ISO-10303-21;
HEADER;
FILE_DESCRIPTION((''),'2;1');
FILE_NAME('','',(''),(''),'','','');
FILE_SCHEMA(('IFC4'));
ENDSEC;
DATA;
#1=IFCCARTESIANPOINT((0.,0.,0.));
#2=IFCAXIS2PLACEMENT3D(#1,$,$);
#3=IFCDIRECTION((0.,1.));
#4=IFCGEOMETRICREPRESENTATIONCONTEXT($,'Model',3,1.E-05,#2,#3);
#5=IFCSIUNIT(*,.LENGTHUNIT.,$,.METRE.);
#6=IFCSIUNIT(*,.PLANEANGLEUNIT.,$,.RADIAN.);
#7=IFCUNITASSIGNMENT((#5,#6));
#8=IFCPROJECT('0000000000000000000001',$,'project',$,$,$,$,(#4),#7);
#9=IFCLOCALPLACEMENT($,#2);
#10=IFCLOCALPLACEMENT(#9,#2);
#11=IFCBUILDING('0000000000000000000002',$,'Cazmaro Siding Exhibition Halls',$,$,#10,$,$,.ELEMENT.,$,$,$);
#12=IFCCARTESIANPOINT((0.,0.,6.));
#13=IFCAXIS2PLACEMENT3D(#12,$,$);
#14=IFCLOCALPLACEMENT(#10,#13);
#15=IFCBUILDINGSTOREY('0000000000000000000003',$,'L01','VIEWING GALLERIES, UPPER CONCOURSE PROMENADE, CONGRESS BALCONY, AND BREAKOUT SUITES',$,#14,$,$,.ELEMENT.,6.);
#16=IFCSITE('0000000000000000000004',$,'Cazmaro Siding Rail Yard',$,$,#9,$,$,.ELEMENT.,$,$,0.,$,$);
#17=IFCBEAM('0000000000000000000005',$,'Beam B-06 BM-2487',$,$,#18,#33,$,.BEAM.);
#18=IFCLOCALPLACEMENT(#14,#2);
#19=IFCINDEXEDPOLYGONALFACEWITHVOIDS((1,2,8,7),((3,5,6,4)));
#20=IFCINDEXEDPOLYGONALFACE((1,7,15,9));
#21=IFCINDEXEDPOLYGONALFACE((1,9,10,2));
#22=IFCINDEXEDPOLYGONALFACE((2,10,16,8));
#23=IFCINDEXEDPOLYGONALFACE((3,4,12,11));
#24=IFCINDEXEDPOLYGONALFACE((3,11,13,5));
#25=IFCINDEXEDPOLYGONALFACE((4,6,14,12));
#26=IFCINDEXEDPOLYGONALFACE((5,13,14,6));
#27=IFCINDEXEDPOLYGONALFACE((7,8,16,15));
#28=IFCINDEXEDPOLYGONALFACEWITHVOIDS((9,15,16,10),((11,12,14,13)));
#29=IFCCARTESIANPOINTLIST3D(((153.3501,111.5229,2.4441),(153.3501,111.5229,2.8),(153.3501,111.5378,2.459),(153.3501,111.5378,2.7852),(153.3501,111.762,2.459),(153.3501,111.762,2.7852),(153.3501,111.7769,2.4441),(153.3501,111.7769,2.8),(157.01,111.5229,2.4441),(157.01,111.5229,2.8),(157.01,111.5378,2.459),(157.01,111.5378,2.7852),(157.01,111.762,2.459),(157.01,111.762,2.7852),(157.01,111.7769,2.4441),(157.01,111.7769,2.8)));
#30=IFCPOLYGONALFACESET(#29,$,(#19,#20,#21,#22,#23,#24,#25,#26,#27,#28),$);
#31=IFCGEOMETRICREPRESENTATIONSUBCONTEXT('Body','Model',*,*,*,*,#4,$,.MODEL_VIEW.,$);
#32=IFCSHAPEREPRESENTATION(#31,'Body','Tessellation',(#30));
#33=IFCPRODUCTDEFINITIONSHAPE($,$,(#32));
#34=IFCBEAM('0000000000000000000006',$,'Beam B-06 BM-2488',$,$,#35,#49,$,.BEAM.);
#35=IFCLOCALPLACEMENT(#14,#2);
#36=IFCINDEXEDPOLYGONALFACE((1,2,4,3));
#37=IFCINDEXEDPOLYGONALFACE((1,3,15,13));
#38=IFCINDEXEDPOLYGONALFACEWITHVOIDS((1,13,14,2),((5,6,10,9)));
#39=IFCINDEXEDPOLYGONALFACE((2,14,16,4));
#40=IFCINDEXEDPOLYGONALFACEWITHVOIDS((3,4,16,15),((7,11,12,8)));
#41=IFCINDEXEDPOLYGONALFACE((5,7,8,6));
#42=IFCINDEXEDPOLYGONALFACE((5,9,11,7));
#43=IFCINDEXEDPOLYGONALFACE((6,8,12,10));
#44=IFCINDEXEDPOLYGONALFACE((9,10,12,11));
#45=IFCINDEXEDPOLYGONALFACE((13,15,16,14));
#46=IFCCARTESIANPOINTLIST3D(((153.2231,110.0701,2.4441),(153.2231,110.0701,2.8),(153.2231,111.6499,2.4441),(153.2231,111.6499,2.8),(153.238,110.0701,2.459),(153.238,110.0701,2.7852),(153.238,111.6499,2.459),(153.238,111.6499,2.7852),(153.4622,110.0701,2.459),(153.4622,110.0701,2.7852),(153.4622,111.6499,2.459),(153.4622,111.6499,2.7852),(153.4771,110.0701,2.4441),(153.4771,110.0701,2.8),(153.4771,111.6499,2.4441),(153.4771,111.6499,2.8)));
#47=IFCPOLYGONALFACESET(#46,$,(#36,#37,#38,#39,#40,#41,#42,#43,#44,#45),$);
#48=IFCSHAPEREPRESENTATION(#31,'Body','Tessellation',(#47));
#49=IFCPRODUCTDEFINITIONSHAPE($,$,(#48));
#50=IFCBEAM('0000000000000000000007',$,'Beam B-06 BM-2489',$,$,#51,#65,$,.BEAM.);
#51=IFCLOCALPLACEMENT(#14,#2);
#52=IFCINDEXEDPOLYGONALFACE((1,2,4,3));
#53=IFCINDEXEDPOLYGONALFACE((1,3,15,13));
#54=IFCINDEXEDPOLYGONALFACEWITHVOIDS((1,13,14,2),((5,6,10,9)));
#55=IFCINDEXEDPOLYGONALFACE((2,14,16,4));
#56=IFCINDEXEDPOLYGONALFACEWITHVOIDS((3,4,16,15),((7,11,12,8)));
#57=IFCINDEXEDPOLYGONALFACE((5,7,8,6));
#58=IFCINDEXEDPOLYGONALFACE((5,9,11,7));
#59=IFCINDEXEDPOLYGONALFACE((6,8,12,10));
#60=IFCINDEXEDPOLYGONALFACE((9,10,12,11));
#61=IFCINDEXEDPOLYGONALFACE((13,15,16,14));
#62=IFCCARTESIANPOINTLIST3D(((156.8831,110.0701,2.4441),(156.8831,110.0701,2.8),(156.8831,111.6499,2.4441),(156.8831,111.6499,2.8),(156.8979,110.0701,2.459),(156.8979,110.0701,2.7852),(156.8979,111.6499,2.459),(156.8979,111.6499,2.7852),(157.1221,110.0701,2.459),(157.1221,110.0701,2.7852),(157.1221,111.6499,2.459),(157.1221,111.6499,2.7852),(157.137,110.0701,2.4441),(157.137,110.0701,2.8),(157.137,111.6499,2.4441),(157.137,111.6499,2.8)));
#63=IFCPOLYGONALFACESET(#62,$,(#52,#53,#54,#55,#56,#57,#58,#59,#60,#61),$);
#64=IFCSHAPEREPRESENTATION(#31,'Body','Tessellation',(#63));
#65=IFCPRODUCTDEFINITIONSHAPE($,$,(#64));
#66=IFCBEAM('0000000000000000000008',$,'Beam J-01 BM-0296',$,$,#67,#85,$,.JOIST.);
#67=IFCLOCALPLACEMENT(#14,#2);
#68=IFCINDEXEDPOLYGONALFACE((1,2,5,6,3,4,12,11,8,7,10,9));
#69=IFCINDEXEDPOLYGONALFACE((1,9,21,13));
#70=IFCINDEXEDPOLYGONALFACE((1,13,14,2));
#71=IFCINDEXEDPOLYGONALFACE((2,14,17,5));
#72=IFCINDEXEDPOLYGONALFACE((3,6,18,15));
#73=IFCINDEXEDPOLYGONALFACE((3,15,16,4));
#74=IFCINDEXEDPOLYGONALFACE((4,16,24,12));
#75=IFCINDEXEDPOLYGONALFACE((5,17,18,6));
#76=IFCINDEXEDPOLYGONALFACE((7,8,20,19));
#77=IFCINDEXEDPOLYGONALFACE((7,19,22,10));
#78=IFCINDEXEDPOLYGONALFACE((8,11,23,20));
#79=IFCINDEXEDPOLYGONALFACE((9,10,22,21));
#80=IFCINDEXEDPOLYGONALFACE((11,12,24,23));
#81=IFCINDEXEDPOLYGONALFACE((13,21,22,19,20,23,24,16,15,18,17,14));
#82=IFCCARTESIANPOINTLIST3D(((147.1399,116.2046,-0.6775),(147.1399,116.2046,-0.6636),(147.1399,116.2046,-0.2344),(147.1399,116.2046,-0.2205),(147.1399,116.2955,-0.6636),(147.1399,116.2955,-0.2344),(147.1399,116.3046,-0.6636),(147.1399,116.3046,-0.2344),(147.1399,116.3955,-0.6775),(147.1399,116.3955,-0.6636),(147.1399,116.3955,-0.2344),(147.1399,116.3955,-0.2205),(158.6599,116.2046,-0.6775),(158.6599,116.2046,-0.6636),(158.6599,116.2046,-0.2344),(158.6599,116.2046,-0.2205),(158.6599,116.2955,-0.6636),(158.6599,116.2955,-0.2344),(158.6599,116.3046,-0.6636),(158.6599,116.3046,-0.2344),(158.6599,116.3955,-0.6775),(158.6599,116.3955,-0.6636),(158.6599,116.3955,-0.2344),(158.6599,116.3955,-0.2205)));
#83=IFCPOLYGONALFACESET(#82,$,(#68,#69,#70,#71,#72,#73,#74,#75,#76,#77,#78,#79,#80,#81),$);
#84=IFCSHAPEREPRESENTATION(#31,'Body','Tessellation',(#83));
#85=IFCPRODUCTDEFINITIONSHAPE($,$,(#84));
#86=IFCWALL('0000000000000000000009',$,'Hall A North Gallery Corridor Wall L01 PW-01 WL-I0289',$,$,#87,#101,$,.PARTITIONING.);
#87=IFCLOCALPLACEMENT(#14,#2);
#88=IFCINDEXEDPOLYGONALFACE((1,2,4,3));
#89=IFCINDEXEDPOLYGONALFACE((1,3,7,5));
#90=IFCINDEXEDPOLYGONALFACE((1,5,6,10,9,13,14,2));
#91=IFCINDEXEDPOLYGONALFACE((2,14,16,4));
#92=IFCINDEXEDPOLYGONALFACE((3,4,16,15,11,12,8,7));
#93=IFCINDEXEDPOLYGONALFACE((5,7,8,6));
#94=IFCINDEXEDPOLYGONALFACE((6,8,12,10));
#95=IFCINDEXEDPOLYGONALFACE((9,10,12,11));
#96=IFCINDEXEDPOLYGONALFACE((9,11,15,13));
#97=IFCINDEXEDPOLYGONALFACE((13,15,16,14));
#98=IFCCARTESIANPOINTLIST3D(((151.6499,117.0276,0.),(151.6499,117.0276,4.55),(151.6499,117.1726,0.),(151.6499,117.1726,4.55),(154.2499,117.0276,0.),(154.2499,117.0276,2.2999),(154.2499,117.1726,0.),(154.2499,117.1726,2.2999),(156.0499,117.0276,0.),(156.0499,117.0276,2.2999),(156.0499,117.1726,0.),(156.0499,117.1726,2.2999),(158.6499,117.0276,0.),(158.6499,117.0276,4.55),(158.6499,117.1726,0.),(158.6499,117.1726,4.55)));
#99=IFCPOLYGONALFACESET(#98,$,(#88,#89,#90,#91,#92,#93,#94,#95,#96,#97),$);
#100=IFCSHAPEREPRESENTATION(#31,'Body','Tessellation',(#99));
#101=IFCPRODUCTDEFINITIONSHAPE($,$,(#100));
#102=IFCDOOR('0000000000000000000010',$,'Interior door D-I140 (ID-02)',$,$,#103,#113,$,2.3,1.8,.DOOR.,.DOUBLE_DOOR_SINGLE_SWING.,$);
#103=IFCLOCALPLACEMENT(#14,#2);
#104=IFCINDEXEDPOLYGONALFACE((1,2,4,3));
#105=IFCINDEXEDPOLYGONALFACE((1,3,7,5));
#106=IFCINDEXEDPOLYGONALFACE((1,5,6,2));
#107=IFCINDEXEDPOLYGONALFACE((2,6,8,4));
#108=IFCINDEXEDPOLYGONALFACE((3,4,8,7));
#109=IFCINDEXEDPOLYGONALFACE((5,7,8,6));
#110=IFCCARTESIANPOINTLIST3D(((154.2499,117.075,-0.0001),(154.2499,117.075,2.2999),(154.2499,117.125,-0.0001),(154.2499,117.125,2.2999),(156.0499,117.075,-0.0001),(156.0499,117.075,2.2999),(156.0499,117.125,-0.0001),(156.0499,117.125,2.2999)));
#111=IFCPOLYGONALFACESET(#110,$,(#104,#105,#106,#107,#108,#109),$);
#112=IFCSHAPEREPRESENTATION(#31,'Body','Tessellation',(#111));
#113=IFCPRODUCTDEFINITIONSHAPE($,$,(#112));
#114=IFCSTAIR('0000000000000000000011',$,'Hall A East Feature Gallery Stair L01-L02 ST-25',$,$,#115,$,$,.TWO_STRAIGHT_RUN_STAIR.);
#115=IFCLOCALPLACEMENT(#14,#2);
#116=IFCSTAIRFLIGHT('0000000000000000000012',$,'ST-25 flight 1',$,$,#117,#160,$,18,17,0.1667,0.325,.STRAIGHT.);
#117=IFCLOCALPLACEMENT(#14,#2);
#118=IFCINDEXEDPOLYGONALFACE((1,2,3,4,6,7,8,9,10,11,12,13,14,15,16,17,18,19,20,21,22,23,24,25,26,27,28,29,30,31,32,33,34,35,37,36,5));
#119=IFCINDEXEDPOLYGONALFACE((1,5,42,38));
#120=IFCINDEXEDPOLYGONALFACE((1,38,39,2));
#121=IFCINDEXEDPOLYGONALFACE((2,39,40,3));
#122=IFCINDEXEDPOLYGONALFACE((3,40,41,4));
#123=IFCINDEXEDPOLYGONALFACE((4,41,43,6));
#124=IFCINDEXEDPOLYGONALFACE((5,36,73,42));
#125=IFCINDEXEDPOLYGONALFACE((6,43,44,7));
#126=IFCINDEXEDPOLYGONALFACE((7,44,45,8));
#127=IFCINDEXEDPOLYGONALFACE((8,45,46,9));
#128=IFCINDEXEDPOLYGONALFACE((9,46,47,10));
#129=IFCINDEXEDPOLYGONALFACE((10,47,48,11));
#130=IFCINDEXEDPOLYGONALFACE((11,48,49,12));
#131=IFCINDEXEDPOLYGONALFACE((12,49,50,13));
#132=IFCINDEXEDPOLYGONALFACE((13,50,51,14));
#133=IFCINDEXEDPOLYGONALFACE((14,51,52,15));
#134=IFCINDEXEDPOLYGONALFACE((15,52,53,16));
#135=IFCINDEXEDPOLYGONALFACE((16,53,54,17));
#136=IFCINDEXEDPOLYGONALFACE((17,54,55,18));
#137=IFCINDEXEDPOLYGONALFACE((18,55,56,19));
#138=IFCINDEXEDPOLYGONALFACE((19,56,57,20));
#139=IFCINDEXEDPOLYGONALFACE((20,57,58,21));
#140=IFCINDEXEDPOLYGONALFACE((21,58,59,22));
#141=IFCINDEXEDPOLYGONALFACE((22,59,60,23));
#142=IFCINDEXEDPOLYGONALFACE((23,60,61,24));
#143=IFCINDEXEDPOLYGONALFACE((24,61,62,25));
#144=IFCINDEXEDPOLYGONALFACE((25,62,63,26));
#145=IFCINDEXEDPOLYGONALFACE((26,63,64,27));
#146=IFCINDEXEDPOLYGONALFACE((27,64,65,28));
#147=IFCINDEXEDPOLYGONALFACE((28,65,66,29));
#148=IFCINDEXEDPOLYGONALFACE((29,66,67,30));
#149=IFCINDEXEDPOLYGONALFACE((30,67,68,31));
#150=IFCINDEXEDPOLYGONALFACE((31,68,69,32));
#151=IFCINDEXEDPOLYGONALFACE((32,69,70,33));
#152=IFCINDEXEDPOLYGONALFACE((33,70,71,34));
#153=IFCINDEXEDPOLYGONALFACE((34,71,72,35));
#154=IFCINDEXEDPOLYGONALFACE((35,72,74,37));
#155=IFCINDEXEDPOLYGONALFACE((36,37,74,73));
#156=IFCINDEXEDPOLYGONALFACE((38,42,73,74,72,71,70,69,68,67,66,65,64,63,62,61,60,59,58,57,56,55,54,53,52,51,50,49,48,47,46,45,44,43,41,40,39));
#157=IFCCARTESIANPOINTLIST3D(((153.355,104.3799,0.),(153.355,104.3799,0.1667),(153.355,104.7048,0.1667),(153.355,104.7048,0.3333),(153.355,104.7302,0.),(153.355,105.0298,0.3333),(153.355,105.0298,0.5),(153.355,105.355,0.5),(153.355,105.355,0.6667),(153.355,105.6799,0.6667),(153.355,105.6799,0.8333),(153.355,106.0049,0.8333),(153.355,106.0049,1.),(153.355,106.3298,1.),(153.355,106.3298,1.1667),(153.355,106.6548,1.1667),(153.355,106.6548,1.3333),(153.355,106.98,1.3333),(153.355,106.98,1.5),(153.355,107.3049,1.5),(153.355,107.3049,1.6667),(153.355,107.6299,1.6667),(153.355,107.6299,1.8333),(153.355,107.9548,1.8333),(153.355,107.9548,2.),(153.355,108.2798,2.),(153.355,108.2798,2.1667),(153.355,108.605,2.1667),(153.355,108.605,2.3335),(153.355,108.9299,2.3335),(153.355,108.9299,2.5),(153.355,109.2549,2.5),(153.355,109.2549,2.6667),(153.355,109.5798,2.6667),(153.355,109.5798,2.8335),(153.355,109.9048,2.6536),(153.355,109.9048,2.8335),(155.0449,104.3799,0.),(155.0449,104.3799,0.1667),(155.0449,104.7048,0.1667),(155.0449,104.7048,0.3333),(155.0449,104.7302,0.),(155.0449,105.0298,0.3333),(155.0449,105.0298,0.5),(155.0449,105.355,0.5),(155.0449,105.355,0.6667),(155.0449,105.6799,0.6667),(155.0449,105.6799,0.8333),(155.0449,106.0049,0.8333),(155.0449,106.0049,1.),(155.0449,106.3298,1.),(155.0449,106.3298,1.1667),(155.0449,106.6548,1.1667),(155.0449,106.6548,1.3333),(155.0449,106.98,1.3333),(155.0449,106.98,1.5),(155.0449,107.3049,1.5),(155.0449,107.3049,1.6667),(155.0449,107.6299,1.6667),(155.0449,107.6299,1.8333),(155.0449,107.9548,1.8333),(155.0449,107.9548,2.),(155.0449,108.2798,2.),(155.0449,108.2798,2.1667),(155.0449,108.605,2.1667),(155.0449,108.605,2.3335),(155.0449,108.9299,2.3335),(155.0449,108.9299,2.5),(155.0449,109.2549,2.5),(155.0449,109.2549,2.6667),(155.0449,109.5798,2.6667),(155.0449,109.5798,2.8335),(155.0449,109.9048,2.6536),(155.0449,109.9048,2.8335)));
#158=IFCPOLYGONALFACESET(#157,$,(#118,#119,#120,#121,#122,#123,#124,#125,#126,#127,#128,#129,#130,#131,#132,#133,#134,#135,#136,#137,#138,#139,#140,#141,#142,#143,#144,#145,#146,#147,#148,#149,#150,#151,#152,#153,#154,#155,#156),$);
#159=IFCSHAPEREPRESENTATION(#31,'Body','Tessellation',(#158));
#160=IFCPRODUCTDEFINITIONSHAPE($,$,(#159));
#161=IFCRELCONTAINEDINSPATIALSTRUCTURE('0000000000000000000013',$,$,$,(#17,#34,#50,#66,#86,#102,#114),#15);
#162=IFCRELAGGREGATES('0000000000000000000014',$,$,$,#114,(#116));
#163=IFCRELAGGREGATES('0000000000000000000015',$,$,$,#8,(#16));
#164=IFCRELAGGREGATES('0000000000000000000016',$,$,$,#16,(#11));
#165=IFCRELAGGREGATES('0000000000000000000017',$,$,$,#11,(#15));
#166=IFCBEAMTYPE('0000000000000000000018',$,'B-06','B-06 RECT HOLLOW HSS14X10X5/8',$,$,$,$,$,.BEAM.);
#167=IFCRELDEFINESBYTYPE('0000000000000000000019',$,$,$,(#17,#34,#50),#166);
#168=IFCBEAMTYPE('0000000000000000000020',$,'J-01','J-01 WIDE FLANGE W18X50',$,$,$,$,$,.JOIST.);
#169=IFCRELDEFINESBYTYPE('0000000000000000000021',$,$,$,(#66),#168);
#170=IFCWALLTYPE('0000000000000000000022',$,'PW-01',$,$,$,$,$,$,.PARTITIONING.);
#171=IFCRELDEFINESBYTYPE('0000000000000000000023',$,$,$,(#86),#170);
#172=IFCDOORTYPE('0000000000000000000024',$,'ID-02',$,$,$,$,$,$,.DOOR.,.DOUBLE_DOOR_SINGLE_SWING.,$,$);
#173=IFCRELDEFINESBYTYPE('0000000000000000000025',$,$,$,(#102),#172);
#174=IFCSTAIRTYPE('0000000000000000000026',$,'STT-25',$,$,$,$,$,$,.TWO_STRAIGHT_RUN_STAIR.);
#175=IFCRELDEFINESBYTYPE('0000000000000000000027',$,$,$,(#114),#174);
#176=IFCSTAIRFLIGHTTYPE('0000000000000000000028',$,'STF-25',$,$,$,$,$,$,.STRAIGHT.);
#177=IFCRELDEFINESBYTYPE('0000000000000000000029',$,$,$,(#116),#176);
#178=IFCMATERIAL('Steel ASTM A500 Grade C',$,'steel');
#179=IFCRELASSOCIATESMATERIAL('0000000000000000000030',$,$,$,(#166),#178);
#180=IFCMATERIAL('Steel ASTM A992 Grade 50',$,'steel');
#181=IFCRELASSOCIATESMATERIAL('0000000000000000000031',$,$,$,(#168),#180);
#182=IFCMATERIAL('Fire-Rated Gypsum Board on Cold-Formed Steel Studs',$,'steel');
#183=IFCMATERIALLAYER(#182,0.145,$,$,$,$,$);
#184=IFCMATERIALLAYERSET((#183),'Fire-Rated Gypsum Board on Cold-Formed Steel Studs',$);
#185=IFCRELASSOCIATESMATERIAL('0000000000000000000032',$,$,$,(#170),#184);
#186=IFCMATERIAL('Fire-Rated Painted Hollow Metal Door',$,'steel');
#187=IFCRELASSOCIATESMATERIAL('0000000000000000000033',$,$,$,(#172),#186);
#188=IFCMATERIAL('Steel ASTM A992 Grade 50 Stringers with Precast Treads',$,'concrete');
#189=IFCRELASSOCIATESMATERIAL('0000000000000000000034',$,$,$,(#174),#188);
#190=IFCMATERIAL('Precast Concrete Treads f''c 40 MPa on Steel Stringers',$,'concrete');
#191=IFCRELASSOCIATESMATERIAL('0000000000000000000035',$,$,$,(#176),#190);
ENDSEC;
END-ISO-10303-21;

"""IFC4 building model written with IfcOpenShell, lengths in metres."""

from ifc_helpers import new_model, si_unit, direction, frame, frame_2d, origin, origin_2d, place, context, subcontext, project, spatial, polyline, rectangle, hollow_rectangle, i_section, outline, extrude, material, layer, layer_set, material_profile, profile_set, type_object, element, fill, aggregate, save


model = new_model("IFC4")

# Units and contexts
model_context = context("Model", 3, precision=1e-05, world=origin(), true_north=direction((0.0, 1.0)))
body_context = subcontext(model_context, "Body", "Model", "MODEL_VIEW")
ifc_project = project(units=[si_unit("LENGTHUNIT", "METRE"), si_unit("PLANEANGLEUNIT", "RADIAN")], contexts=[model_context])

# Site, building, storey
site_placement = place(None, origin())
site = spatial("IfcSite", under=ifc_project, at=site_placement, Name="Cazmaro Siding Rail Yard", CompositionType="ELEMENT", RefElevation=0.0)
building_placement = place(site_placement, origin())
building = spatial("IfcBuilding", under=site, at=building_placement, Name="Cazmaro Siding Exhibition Halls", CompositionType="ELEMENT")
storey_placement = place(building_placement, frame((0.0, 0.0, 6.0)))
storey = spatial("IfcBuildingStorey", under=building, at=storey_placement, Name="L01", Description="VIEWING GALLERIES, UPPER CONCOURSE PROMENADE, CONGRESS BALCONY, AND BREAKOUT SUITES", CompositionType="ELEMENT", Elevation=6.0)

# Beams
ifc_material_1 = material(Name="Steel ASTM A500 Grade C", Category="steel")
ifc_material_profile_1 = material_profile(ifc_material_1, hollow_rectangle(XDim=0.2539, YDim=0.356, WallThickness=0.0149, at=origin_2d()), Name="HSS14X10X5/8")
ifc_profile_set_1 = profile_set([ifc_material_profile_1], Name="Steel ASTM A500 Grade C")
beam_type_1 = type_object("IfcBeamType", Name="B-06", Description="B-06 RECT HOLLOW HSS14X10X5/8", PredefinedType="BEAM", material=ifc_profile_set_1)
for number, where, z_axis, x_axis, name in (
    (1, (153.3501, 111.6499, 2.6221), (1.0, 0.0, 0.0), (0.0, 1.0, 0.0), "Beam B-06 BM-2487"),
):
    element("IfcBeam", number, at=place(storey_placement, frame(where, z_axis=z_axis, x_axis=x_axis)), inside=storey, type_object=beam_type_1, Name=name, PredefinedType="BEAM", context=body_context, shape_type="SweptSolid", body=[
        extrude(hollow_rectangle(XDim=0.2539, YDim=0.356, WallThickness=0.0149, at=origin_2d()), origin(), (0.0, 0.0, 1.0), 3.6599),
    ])
for number, where, z_axis, x_axis, name in (
    (2, (153.3501, 110.0701, 2.6221), (0.0, 1.0, 0.0), (-1.0, 0.0, 0.0), "Beam B-06 BM-2488"),
    (3, (157.01, 110.0701, 2.6221), (0.0, 1.0, 0.0), (-1.0, 0.0, 0.0), "Beam B-06 BM-2489"),
):
    element("IfcBeam", number, at=place(storey_placement, frame(where, z_axis=z_axis, x_axis=x_axis)), inside=storey, type_object=beam_type_1, Name=name, PredefinedType="BEAM", context=body_context, shape_type="SweptSolid", body=[
        extrude(hollow_rectangle(XDim=0.2539, YDim=0.356, WallThickness=0.0149, at=origin_2d()), origin(), (0.0, 0.0, 1.0), 1.5798),
    ])
ifc_material_2 = material(Name="Steel ASTM A992 Grade 50", Category="steel")
ifc_material_profile_2 = material_profile(ifc_material_2, i_section(OverallWidth=0.1909, OverallDepth=0.457, WebThickness=0.009, FlangeThickness=0.0139, at=origin_2d()), Name="W18X50")
ifc_profile_set_2 = profile_set([ifc_material_profile_2], Name="Steel ASTM A992 Grade 50")
beam_type_2 = type_object("IfcBeamType", Name="J-01", Description="J-01 WIDE FLANGE W18X50", PredefinedType="JOIST", material=ifc_profile_set_2)
beam_1_placement = place(storey_placement, frame((147.1399, 116.3, -0.449), z_axis=(1.0, 0.0, 0.0), x_axis=(0.0, 1.0, 0.0)))
element("IfcBeam", 4, at=beam_1_placement, inside=storey, type_object=beam_type_2, Name="Beam J-01 BM-0296", PredefinedType="JOIST", context=body_context, shape_type="SweptSolid", body=[
    extrude(i_section(OverallWidth=0.1909, OverallDepth=0.457, WebThickness=0.009, FlangeThickness=0.0139, at=origin_2d()), origin(), (0.0, 0.0, 1.0), 11.52),
])

# Wall, opening, door
ifc_material_3 = material(Name="Fire-Rated Gypsum Board on Cold-Formed Steel Studs", Category="steel")
ifc_layer = layer(ifc_material_3, 0.145)
ifc_layer_set = layer_set([ifc_layer], Name="Fire-Rated Gypsum Board on Cold-Formed Steel Studs")
wall_type = type_object("IfcWallType", Name="PW-01", PredefinedType="PARTITIONING", material=ifc_layer_set)
wall_placement = place(storey_placement, frame((151.6499, 117.1001, 0.0), z_axis=(0.0, 0.0, 1.0), x_axis=(1.0, 0.0, 0.0)))
wall = element("IfcWall", 5, at=wall_placement, inside=storey, type_object=wall_type, Name="Hall A North Gallery Corridor Wall L01 PW-01 WL-I0289", PredefinedType="PARTITIONING", context=body_context, shape_type="SweptSolid", body=[
    extrude(rectangle(XDim=7.0, YDim=0.145, at=frame_2d((3.5, 0.0))), origin(), (0.0, 0.0, 1.0), 4.55),
])
opening_placement = place(wall_placement, frame((2.6001, 0.0, 0.0)))
opening = element("IfcOpeningElement", 6, at=opening_placement, cuts=wall, PredefinedType="OPENING", context=body_context, shape_type="SweptSolid", body=[
    extrude(rectangle(XDim=1.8, YDim=2.3, at=frame_2d((0.8999, 1.1499))), frame((0.0, 0.0825, 0.0), z_axis=(0.0, -1.0, 0.0), x_axis=(1.0, 0.0, 0.0)), (0.0, 0.0, 1.0), 0.165),
])
ifc_material_4 = material(Name="Fire-Rated Painted Hollow Metal Door", Category="steel")
door_type = type_object("IfcDoorType", Name="ID-02", OperationType="DOUBLE_DOOR_SINGLE_SWING", PredefinedType="DOOR", material=ifc_material_4)
door_placement = place(opening_placement, origin())
door = element("IfcDoor", 7, at=door_placement, inside=storey, type_object=door_type, Name="Interior door D-I140 (ID-02)", OperationType="DOUBLE_DOOR_SINGLE_SWING", OverallHeight=2.3, OverallWidth=1.8, PredefinedType="DOOR", context=body_context, shape_type="SweptSolid", body=[
    extrude(rectangle(XDim=1.8, YDim=2.3, at=frame_2d((0.8999, 1.1499))), frame((0.0, 0.0249, 0.0), z_axis=(0.0, -1.0, 0.0), x_axis=(1.0, 0.0, 0.0)), (0.0, 0.0, 1.0), 0.05),
])
fill(opening, door)

# Stair, stair flight
ifc_material_5 = material(Name="Steel ASTM A992 Grade 50 Stringers with Precast Treads", Category="concrete")
stair_type = type_object("IfcStairType", Name="STT-25", PredefinedType="TWO_STRAIGHT_RUN_STAIR", material=ifc_material_5)
stair_placement = place(storey_placement, origin())
stair = element("IfcStair", 8, at=stair_placement, inside=storey, type_object=stair_type, Name="Hall A East Feature Gallery Stair L01-L02 ST-25", PredefinedType="TWO_STRAIGHT_RUN_STAIR")
ifc_material_6 = material(Name="Precast Concrete Treads f'c 40 MPa on Steel Stringers", Category="concrete")
stair_flight_type = type_object("IfcStairFlightType", Name="STF-25", PredefinedType="STRAIGHT", material=ifc_material_6)
stair_flight_1_placement = place(storey_placement, frame((154.2, 104.3799, 0.0), z_axis=(0.0, 0.0, 1.0), x_axis=(0.0, 1.0, 0.0)))
stair_flight_1 = element("IfcStairFlight", 9, at=stair_flight_1_placement, type_object=stair_flight_type, Name="ST-25 flight 1", NumberOfRisers=18, NumberOfTreads=17, PredefinedType="STRAIGHT", RiserHeight=0.1667, TreadLength=0.325, context=body_context, shape_type="SweptSolid", body=[
    extrude(outline(polyline([(0.0, 0.0), (0.0, 0.1667), (0.325, 0.1667), (0.325, 0.3333), (0.6499, 0.3333), (0.6499, 0.5), (0.9751, 0.5), (0.9751, 0.6667), (1.3, 0.6667), (1.3, 0.8333), (1.625, 0.8333), (1.625, 1.0), (1.95, 1.0), (1.95, 1.1667), (2.2749, 1.1667), (2.2749, 1.3333), (2.6001, 1.3333), (2.6001, 1.5), (2.925, 1.5), (2.925, 1.6667), (3.25, 1.6667), (3.25, 1.8333), (3.575, 1.8333), (3.575, 2.0), (3.8999, 2.0), (3.8999, 2.1667), (4.2251, 2.1667), (4.2251, 2.3335), (4.55, 2.3335), (4.55, 2.5), (4.875, 2.5), (4.875, 2.6667), (5.2, 2.6667), (5.2, 2.8335), (5.5249, 2.8335), (5.5249, 3.0), (5.5249, 2.6536), (0.3503, 0.0), (0.0, 0.0)])), frame((0.0, 0.845, 0.0), z_axis=(0.0, -1.0, 0.0), x_axis=(1.0, 0.0, 0.0)), (0.0, 0.0, 1.0), 1.6899),
])
aggregate(stair, [stair_flight_1])

save(model, "model.ifc")
